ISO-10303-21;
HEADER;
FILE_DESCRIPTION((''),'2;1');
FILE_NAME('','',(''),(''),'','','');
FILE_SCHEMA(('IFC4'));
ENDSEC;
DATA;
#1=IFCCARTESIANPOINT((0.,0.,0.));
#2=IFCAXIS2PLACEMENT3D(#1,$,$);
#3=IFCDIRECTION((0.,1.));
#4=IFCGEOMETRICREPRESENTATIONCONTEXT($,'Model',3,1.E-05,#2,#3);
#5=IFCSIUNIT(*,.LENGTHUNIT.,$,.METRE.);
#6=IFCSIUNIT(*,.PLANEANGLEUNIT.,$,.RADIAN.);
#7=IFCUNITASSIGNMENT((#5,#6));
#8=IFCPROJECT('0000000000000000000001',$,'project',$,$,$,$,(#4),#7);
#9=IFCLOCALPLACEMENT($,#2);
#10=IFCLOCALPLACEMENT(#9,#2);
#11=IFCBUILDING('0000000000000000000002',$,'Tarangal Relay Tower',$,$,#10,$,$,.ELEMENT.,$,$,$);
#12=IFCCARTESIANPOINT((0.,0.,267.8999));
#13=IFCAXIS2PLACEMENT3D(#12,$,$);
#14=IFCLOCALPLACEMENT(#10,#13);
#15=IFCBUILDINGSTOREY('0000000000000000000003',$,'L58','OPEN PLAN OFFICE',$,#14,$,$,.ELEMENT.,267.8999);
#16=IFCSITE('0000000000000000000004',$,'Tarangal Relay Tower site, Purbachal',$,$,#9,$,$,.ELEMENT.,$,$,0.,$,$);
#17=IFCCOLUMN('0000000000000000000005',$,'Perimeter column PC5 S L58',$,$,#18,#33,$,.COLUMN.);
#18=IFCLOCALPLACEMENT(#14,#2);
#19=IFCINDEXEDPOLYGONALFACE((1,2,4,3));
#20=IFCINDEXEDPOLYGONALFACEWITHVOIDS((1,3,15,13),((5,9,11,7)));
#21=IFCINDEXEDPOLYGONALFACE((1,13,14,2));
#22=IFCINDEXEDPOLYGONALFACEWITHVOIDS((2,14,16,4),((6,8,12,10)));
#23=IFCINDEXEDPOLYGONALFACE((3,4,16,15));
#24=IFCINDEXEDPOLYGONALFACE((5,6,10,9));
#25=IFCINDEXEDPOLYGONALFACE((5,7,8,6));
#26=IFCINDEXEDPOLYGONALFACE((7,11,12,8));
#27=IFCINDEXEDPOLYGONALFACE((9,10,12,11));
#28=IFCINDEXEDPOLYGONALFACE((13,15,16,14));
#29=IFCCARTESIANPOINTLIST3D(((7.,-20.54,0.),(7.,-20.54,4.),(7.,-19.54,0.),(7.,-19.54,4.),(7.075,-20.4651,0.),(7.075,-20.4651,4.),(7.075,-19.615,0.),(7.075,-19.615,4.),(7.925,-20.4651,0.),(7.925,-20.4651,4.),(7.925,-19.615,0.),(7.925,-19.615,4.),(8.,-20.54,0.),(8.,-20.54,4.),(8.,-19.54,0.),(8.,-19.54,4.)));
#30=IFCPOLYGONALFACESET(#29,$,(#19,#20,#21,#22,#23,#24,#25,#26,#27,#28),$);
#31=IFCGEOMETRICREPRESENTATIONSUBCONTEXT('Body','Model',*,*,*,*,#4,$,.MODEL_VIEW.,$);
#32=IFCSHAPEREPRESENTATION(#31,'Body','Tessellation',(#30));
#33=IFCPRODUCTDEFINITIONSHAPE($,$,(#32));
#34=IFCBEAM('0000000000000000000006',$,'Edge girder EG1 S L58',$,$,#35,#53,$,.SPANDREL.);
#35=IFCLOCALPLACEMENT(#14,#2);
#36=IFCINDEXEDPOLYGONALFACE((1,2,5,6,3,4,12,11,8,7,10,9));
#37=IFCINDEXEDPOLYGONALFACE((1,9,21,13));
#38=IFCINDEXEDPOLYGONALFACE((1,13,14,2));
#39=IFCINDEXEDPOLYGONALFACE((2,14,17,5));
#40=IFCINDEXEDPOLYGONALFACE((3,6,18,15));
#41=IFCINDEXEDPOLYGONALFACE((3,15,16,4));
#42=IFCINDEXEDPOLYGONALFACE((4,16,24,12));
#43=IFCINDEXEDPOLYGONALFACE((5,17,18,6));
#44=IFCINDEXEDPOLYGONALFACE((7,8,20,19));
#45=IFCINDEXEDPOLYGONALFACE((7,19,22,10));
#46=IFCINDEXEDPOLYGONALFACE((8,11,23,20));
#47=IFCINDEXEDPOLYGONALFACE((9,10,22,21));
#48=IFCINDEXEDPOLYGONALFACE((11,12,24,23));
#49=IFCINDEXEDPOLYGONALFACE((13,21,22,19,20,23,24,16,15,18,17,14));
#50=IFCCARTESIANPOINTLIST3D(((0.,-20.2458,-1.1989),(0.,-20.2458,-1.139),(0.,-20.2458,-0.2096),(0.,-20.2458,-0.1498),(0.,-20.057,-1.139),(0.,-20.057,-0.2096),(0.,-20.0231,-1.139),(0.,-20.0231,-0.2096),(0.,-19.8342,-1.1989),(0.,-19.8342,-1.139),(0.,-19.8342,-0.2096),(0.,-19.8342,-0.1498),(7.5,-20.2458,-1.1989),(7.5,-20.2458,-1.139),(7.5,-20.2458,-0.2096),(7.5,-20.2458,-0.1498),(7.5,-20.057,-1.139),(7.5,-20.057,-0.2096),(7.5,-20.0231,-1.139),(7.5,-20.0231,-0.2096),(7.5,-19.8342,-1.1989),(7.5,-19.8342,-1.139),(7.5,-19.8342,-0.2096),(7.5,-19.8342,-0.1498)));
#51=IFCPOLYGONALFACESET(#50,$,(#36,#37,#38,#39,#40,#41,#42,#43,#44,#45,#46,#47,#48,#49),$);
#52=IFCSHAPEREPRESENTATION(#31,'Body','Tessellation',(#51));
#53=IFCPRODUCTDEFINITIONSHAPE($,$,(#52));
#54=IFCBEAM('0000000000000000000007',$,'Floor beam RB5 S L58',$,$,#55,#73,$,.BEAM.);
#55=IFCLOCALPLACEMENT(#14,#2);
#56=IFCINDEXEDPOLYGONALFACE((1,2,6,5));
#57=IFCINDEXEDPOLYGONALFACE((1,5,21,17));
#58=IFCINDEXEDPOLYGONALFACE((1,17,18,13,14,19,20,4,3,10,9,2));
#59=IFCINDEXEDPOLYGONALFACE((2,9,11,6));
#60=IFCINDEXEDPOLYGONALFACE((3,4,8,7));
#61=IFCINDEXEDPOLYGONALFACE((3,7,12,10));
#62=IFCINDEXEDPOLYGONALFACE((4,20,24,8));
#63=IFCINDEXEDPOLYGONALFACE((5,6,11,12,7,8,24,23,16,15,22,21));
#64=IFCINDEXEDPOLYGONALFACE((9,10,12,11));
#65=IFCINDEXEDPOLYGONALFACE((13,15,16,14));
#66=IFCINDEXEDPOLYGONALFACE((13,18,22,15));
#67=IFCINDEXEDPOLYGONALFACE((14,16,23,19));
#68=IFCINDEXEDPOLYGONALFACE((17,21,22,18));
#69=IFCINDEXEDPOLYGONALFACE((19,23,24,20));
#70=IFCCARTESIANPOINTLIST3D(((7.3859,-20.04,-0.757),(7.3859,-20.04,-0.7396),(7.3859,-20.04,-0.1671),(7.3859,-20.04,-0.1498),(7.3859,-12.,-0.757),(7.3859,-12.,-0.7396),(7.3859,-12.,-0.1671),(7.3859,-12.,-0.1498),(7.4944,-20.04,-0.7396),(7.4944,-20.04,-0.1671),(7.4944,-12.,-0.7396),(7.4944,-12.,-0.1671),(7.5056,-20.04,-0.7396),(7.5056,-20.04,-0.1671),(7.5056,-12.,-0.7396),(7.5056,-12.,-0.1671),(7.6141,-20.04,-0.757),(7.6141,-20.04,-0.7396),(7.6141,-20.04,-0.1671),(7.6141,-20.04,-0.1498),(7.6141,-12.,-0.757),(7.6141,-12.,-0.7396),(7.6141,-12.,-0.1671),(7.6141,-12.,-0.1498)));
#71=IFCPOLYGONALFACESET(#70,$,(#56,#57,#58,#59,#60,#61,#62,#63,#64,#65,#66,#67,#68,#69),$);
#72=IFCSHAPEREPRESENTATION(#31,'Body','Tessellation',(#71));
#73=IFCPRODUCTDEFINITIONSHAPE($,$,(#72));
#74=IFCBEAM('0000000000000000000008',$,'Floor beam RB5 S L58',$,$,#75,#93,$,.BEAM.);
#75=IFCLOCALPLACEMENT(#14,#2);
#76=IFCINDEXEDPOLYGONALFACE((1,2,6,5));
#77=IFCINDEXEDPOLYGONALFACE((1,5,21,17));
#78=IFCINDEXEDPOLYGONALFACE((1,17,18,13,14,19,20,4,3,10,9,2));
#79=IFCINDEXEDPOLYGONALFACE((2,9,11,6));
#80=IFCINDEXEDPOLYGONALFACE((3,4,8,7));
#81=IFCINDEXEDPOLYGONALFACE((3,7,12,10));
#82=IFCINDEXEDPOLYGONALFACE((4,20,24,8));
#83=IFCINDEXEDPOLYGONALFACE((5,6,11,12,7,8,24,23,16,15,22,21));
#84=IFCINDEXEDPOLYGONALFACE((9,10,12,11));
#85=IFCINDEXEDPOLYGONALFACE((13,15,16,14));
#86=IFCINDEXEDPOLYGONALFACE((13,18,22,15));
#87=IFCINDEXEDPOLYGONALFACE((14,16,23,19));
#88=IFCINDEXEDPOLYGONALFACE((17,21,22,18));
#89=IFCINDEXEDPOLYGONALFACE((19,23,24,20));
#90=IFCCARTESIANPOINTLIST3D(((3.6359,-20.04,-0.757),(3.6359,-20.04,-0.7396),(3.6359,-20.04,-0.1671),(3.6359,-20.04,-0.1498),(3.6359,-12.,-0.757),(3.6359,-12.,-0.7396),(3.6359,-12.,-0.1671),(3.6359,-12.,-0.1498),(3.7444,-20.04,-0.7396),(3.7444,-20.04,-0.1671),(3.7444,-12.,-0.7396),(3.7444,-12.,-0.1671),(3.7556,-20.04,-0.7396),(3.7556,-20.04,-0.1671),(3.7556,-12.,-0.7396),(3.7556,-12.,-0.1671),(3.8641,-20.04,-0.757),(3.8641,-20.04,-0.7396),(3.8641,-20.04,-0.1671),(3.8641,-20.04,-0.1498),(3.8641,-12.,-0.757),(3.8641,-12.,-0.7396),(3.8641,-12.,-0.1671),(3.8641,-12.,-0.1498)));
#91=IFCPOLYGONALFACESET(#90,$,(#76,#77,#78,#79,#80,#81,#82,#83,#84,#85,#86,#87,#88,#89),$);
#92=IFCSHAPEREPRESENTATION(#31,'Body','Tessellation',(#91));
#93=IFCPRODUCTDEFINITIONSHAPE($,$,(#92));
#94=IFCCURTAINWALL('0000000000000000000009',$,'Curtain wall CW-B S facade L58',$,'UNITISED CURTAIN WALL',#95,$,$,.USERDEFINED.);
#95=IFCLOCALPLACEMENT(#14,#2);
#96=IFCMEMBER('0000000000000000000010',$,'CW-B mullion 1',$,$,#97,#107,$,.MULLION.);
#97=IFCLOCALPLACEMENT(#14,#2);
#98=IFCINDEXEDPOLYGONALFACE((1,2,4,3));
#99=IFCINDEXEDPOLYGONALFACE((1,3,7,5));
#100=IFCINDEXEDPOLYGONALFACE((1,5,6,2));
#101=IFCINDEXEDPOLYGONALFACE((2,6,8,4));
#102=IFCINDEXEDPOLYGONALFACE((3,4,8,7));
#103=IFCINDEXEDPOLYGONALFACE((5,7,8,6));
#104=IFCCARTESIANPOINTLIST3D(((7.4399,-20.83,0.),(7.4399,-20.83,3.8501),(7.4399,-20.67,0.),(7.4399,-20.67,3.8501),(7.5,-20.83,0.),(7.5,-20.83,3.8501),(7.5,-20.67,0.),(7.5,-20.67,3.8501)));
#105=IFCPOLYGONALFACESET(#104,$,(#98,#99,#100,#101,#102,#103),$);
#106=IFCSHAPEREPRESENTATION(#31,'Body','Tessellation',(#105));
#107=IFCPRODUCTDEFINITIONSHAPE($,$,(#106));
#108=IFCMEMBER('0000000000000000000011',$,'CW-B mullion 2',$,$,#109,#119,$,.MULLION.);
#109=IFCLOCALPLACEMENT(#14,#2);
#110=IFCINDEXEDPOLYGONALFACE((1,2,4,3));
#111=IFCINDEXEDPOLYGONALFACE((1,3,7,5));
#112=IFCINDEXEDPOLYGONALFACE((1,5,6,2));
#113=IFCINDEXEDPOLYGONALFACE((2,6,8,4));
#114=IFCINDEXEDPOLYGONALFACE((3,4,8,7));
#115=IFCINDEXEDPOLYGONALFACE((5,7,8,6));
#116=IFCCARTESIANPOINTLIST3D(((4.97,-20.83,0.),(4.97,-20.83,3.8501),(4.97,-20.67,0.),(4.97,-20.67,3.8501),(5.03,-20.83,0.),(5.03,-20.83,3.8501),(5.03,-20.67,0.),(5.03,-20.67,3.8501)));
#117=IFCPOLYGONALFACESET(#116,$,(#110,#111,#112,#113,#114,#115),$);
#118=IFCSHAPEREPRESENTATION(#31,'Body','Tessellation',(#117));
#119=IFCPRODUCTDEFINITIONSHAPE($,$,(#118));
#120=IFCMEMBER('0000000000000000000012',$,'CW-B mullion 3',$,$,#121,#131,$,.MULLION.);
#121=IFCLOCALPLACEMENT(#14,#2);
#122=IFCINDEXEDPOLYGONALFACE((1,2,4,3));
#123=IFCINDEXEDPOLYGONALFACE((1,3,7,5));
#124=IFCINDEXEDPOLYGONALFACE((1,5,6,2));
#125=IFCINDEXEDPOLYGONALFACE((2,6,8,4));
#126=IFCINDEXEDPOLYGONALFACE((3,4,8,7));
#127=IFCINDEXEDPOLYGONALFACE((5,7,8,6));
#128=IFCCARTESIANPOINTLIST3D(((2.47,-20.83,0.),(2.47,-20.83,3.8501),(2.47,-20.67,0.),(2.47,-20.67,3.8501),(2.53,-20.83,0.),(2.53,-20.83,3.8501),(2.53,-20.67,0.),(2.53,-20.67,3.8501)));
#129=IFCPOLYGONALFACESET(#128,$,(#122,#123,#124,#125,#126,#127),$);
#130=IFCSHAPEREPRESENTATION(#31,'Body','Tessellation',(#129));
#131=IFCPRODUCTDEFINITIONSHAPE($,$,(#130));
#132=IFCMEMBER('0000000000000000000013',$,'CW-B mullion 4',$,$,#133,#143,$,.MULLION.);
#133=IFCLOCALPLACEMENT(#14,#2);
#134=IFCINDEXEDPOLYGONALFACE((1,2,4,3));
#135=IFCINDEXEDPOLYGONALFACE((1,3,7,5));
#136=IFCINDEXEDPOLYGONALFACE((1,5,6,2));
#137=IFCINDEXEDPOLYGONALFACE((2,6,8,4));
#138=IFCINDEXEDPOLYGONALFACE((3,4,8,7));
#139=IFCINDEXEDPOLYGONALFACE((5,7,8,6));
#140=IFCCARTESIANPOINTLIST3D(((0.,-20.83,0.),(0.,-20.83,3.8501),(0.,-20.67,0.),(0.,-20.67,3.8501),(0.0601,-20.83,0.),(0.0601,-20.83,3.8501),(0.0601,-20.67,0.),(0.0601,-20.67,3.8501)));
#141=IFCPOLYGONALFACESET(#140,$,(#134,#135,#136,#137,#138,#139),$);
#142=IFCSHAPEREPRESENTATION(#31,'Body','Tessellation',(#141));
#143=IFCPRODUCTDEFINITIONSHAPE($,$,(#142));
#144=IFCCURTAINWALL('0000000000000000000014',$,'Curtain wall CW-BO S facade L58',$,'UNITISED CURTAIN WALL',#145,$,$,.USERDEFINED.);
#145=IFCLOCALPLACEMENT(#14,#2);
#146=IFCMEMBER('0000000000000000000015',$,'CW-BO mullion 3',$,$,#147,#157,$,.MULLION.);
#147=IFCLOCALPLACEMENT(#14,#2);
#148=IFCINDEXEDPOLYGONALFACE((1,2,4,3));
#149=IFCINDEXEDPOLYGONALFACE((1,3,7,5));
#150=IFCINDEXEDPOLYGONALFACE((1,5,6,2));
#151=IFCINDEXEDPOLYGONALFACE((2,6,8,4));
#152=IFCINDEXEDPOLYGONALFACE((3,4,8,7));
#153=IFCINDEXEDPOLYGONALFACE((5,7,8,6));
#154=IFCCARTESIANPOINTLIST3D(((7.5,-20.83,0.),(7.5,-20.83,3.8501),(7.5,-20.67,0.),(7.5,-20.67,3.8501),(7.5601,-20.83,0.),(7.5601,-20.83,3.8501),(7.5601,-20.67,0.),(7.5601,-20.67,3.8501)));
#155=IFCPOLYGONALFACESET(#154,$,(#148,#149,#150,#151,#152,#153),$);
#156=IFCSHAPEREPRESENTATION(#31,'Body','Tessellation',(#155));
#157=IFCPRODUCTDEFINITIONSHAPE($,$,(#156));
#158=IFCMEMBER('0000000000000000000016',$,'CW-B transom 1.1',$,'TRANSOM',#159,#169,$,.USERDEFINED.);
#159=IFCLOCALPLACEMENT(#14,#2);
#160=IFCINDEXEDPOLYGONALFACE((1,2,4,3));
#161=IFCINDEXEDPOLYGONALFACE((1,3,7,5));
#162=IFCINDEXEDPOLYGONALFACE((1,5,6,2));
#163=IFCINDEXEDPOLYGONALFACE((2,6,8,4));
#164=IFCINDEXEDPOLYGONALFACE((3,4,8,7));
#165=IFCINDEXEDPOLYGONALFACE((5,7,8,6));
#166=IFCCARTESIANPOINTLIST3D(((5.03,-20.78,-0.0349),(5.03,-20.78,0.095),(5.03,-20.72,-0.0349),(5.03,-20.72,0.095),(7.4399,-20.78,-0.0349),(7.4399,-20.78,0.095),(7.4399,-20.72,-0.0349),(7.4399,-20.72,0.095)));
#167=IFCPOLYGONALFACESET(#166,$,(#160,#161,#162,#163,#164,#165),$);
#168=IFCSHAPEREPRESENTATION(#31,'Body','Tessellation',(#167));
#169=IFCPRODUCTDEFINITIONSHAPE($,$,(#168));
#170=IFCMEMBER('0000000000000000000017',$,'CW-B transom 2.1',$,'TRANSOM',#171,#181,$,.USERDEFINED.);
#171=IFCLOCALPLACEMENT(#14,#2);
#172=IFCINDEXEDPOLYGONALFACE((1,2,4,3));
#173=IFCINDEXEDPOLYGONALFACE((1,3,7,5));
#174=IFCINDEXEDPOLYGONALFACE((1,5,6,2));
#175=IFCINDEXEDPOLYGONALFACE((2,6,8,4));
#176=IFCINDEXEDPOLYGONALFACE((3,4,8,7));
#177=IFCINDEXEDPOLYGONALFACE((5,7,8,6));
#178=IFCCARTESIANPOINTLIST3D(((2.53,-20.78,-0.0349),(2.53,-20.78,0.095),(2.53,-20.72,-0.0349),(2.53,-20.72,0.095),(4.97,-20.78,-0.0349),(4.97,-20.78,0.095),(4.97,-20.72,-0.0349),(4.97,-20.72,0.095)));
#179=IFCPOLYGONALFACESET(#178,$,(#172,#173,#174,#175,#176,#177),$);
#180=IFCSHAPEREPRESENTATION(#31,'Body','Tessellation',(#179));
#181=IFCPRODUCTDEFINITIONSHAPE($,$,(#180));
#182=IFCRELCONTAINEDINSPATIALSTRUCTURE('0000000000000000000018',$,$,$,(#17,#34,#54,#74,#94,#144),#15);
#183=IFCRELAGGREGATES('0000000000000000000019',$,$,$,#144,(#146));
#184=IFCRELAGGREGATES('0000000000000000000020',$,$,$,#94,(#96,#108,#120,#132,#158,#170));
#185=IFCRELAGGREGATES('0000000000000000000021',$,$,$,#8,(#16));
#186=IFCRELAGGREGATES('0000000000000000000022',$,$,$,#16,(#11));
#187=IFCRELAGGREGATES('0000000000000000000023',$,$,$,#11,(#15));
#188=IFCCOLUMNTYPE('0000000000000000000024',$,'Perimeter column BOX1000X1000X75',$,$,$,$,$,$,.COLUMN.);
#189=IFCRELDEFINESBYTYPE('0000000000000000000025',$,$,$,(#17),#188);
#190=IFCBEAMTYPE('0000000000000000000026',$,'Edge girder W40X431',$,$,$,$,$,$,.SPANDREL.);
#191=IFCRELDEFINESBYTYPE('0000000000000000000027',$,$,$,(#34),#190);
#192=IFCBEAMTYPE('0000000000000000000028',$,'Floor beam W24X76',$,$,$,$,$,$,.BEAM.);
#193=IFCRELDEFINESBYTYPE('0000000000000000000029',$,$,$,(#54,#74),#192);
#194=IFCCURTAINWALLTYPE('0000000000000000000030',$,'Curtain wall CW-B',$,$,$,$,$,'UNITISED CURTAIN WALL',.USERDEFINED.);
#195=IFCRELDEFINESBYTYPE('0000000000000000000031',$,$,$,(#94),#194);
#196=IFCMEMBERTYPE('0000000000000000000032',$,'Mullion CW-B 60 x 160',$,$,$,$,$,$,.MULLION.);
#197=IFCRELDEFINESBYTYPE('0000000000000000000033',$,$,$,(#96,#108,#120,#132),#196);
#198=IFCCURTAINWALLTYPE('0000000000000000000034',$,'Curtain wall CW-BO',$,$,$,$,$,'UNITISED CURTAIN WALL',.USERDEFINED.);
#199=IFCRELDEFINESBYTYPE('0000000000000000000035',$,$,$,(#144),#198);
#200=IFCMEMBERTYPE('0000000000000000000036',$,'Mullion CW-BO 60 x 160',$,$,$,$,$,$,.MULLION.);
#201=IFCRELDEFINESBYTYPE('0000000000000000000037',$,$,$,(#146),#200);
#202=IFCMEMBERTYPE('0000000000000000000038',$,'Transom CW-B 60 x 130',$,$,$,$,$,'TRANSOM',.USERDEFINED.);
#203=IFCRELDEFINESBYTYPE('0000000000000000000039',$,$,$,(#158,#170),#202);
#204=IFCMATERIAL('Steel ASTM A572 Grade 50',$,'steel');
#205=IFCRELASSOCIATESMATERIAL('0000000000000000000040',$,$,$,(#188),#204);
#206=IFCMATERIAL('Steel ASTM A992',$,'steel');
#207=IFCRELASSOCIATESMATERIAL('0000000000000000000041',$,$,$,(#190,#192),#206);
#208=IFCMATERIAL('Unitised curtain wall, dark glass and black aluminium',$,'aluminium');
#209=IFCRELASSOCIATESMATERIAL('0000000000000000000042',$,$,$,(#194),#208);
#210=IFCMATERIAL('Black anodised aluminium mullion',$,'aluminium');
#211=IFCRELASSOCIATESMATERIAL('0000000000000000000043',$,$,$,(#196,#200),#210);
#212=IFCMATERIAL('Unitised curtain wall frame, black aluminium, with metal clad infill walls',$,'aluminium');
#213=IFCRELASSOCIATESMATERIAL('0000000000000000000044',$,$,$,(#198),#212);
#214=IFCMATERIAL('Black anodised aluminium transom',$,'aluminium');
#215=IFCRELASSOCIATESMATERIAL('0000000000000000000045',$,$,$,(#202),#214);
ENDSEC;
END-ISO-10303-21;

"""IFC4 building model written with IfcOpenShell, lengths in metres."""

from ifc_helpers import new_model, si_unit, direction, frame, origin, origin_2d, place, context, subcontext, project, spatial, rectangle, hollow_rectangle, i_section, extrude, material, material_profile, profile_set, type_object, element, aggregate, save


model = new_model("IFC4")

# Units and contexts
model_context = context("Model", 3, precision=1e-05, world=origin(), true_north=direction((0.0, 1.0)))
body_context = subcontext(model_context, "Body", "Model", "MODEL_VIEW")
ifc_project = project(units=[si_unit("LENGTHUNIT", "METRE"), si_unit("PLANEANGLEUNIT", "RADIAN")], contexts=[model_context])

# Site, building, storey
site_placement = place(None, origin())
site = spatial("IfcSite", under=ifc_project, at=site_placement, Name="Tarangal Relay Tower site, Purbachal", CompositionType="ELEMENT", RefElevation=0.0)
building_placement = place(site_placement, origin())
building = spatial("IfcBuilding", under=site, at=building_placement, Name="Tarangal Relay Tower", CompositionType="ELEMENT")
storey_placement = place(building_placement, frame((0.0, 0.0, 267.8999)))
storey = spatial("IfcBuildingStorey", under=building, at=storey_placement, Name="L58", Description="OPEN PLAN OFFICE", CompositionType="ELEMENT", Elevation=267.8999)

# Column
ifc_material_1 = material(Name="Steel ASTM A572 Grade 50", Category="steel")
ifc_material_profile_1 = material_profile(ifc_material_1, hollow_rectangle(XDim=1.0, YDim=1.0, WallThickness=0.075, at=origin_2d()), Name="BOX1000X1000X75")
ifc_profile_set_1 = profile_set([ifc_material_profile_1], Name="Steel ASTM A572 Grade 50")
column_type = type_object("IfcColumnType", Name="Perimeter column BOX1000X1000X75", PredefinedType="COLUMN", material=ifc_profile_set_1)
column_placement = place(storey_placement, frame((7.5, -20.04, 0.0), z_axis=(0.0, 0.0, 1.0), x_axis=(1.0, 0.0, 0.0)))
element("IfcColumn", 1, at=column_placement, inside=storey, type_object=column_type, Name="Perimeter column PC5 S L58", PredefinedType="COLUMN", context=body_context, shape_type="SweptSolid", body=[
    extrude(hollow_rectangle(XDim=1.0, YDim=1.0, WallThickness=0.075, at=origin_2d()), origin(), (0.0, 0.0, 1.0), 4.0),
])

# Beams
ifc_material_2 = material(Name="Steel ASTM A992", Category="steel")
ifc_material_profile_2 = material_profile(ifc_material_2, i_section(OverallWidth=0.4116, OverallDepth=1.0491, WebThickness=0.0339, FlangeThickness=0.0598, at=origin_2d()), Name="W40X431")
ifc_profile_set_2 = profile_set([ifc_material_profile_2], Name="Steel ASTM A992")
beam_type_1 = type_object("IfcBeamType", Name="Edge girder W40X431", PredefinedType="SPANDREL", material=ifc_profile_set_2)
beam_placement = place(storey_placement, frame((7.5, -20.04, -0.6743), z_axis=(-1.0, 0.0, 0.0), x_axis=(0.0, -1.0, 0.0)))
element("IfcBeam", 2, at=beam_placement, inside=storey, type_object=beam_type_1, Name="Edge girder EG1 S L58", PredefinedType="SPANDREL", context=body_context, shape_type="SweptSolid", body=[
    extrude(i_section(OverallWidth=0.4116, OverallDepth=1.0491, WebThickness=0.0339, FlangeThickness=0.0598, at=origin_2d()), origin(), (0.0, 0.0, 1.0), 7.5),
])
ifc_material_profile_3 = material_profile(ifc_material_2, i_section(OverallWidth=0.2283, OverallDepth=0.6072, WebThickness=0.0112, FlangeThickness=0.0173, at=origin_2d()), Name="W24X76")
ifc_profile_set_3 = profile_set([ifc_material_profile_3], Name="Steel ASTM A992")
beam_type_2 = type_object("IfcBeamType", Name="Floor beam W24X76", PredefinedType="BEAM", material=ifc_profile_set_3)
for number, where, z_axis, x_axis, name in (
    (3, (7.5, -12.0, -0.4534), (0.0, -1.0, 0.0), (1.0, 0.0, 0.0), "Floor beam RB5 S L58"),
    (4, (3.75, -12.0, -0.4534), (0.0, -1.0, 0.0), (1.0, 0.0, 0.0), "Floor beam RB5 S L58"),
):
    element("IfcBeam", number, at=place(storey_placement, frame(where, z_axis=z_axis, x_axis=x_axis)), inside=storey, type_object=beam_type_2, Name=name, PredefinedType="BEAM", context=body_context, shape_type="SweptSolid", body=[
        extrude(i_section(OverallWidth=0.2283, OverallDepth=0.6072, WebThickness=0.0112, FlangeThickness=0.0173, at=origin_2d()), origin(), (0.0, 0.0, 1.0), 8.04),
    ])

# Curtain wall, members
ifc_material_3 = material(Name="Unitised curtain wall, dark glass and black aluminium", Category="aluminium")
curtain_wall_type_1 = type_object("IfcCurtainWallType", Name="Curtain wall CW-B", ElementType="UNITISED CURTAIN WALL", PredefinedType="USERDEFINED", material=ifc_material_3)
curtain_wall_1_placement = place(storey_placement, origin())
curtain_wall_1 = element("IfcCurtainWall", 5, at=curtain_wall_1_placement, inside=storey, type_object=curtain_wall_type_1, Name="Curtain wall CW-B S facade L58", ObjectType="UNITISED CURTAIN WALL", PredefinedType="USERDEFINED")
ifc_material_4 = material(Name="Black anodised aluminium mullion", Category="aluminium")
ifc_material_profile_4 = material_profile(ifc_material_4, rectangle(XDim=0.1599, YDim=0.0601, at=origin_2d()), Name="CW-BM 60X160")
ifc_profile_set_4 = profile_set([ifc_material_profile_4], Name="Black anodised aluminium mullion")
member_type_1 = type_object("IfcMemberType", Name="Mullion CW-B 60 x 160", PredefinedType="MULLION", material=ifc_profile_set_4)
member_1_placement = place(storey_placement, frame((7.47, -20.75, 0.0), z_axis=(0.0, 0.0, 1.0), x_axis=(0.0, -1.0, 0.0)))
member_1 = element("IfcMember", 6, at=member_1_placement, type_object=member_type_1, Name="CW-B mullion 1", PredefinedType="MULLION", context=body_context, shape_type="SweptSolid", body=[
    extrude(rectangle(XDim=0.1599, YDim=0.0601, at=origin_2d()), origin(), (0.0, 0.0, 1.0), 3.8501),
])
member_2_placement = place(storey_placement, frame((5.0, -20.75, 0.0), z_axis=(0.0, 0.0, 1.0), x_axis=(0.0, -1.0, 0.0)))
member_2 = element("IfcMember", 7, at=member_2_placement, type_object=member_type_1, Name="CW-B mullion 2", PredefinedType="MULLION", context=body_context, shape_type="SweptSolid", body=[
    extrude(rectangle(XDim=0.1599, YDim=0.0601, at=origin_2d()), origin(), (0.0, 0.0, 1.0), 3.8501),
])
member_3_placement = place(storey_placement, frame((2.5, -20.75, 0.0), z_axis=(0.0, 0.0, 1.0), x_axis=(0.0, -1.0, 0.0)))
member_3 = element("IfcMember", 8, at=member_3_placement, type_object=member_type_1, Name="CW-B mullion 3", PredefinedType="MULLION", context=body_context, shape_type="SweptSolid", body=[
    extrude(rectangle(XDim=0.1599, YDim=0.0601, at=origin_2d()), origin(), (0.0, 0.0, 1.0), 3.8501),
])
member_4_placement = place(storey_placement, frame((0.03, -20.75, 0.0), z_axis=(0.0, 0.0, 1.0), x_axis=(0.0, -1.0, 0.0)))
member_4 = element("IfcMember", 9, at=member_4_placement, type_object=member_type_1, Name="CW-B mullion 4", PredefinedType="MULLION", context=body_context, shape_type="SweptSolid", body=[
    extrude(rectangle(XDim=0.1599, YDim=0.0601, at=origin_2d()), origin(), (0.0, 0.0, 1.0), 3.8501),
])

# Curtain wall, member
ifc_material_5 = material(Name="Unitised curtain wall frame, black aluminium, with metal clad infill walls", Category="aluminium")
curtain_wall_type_2 = type_object("IfcCurtainWallType", Name="Curtain wall CW-BO", ElementType="UNITISED CURTAIN WALL", PredefinedType="USERDEFINED", material=ifc_material_5)
curtain_wall_2_placement = place(storey_placement, origin())
curtain_wall_2 = element("IfcCurtainWall", 10, at=curtain_wall_2_placement, inside=storey, type_object=curtain_wall_type_2, Name="Curtain wall CW-BO S facade L58", ObjectType="UNITISED CURTAIN WALL", PredefinedType="USERDEFINED")
ifc_material_profile_5 = material_profile(ifc_material_4, rectangle(XDim=0.1599, YDim=0.0601, at=origin_2d()), Name="CW-BOM 60X160")
ifc_profile_set_5 = profile_set([ifc_material_profile_5], Name="Black anodised aluminium mullion")
member_type_2 = type_object("IfcMemberType", Name="Mullion CW-BO 60 x 160", PredefinedType="MULLION", material=ifc_profile_set_5)
member_5_placement = place(storey_placement, frame((7.53, -20.75, 0.0), z_axis=(0.0, 0.0, 1.0), x_axis=(0.0, -1.0, 0.0)))
member_5 = element("IfcMember", 11, at=member_5_placement, type_object=member_type_2, Name="CW-BO mullion 3", PredefinedType="MULLION", context=body_context, shape_type="SweptSolid", body=[
    extrude(rectangle(XDim=0.1599, YDim=0.0601, at=origin_2d()), origin(), (0.0, 0.0, 1.0), 3.8501),
])

# Members
ifc_material_6 = material(Name="Black anodised aluminium transom", Category="aluminium")
ifc_material_profile_6 = material_profile(ifc_material_6, rectangle(XDim=0.0601, YDim=0.1299, at=origin_2d()), Name="CW-BT 60X130")
ifc_profile_set_6 = profile_set([ifc_material_profile_6], Name="Black anodised aluminium transom")
member_type_3 = type_object("IfcMemberType", Name="Transom CW-B 60 x 130", ElementType="TRANSOM", PredefinedType="USERDEFINED", material=ifc_profile_set_6)
member_6_placement = place(storey_placement, frame((7.4399, -20.75, 0.03), z_axis=(-1.0, 0.0, 0.0), x_axis=(0.0, -1.0, 0.0)))
member_6 = element("IfcMember", 12, at=member_6_placement, type_object=member_type_3, Name="CW-B transom 1.1", ObjectType="TRANSOM", PredefinedType="USERDEFINED", context=body_context, shape_type="SweptSolid", body=[
    extrude(rectangle(XDim=0.0601, YDim=0.1299, at=origin_2d()), origin(), (0.0, 0.0, 1.0), 2.4099),
])
member_7_placement = place(storey_placement, frame((4.97, -20.75, 0.03), z_axis=(-1.0, 0.0, 0.0), x_axis=(0.0, -1.0, 0.0)))
member_7 = element("IfcMember", 13, at=member_7_placement, type_object=member_type_3, Name="CW-B transom 2.1", ObjectType="TRANSOM", PredefinedType="USERDEFINED", context=body_context, shape_type="SweptSolid", body=[
    extrude(rectangle(XDim=0.0601, YDim=0.1299, at=origin_2d()), origin(), (0.0, 0.0, 1.0), 2.4399),
])
aggregate(curtain_wall_2, [member_5])

aggregate(curtain_wall_1, [member_1, member_2, member_3, member_4, member_6, member_7])

save(model, "model.ifc")
